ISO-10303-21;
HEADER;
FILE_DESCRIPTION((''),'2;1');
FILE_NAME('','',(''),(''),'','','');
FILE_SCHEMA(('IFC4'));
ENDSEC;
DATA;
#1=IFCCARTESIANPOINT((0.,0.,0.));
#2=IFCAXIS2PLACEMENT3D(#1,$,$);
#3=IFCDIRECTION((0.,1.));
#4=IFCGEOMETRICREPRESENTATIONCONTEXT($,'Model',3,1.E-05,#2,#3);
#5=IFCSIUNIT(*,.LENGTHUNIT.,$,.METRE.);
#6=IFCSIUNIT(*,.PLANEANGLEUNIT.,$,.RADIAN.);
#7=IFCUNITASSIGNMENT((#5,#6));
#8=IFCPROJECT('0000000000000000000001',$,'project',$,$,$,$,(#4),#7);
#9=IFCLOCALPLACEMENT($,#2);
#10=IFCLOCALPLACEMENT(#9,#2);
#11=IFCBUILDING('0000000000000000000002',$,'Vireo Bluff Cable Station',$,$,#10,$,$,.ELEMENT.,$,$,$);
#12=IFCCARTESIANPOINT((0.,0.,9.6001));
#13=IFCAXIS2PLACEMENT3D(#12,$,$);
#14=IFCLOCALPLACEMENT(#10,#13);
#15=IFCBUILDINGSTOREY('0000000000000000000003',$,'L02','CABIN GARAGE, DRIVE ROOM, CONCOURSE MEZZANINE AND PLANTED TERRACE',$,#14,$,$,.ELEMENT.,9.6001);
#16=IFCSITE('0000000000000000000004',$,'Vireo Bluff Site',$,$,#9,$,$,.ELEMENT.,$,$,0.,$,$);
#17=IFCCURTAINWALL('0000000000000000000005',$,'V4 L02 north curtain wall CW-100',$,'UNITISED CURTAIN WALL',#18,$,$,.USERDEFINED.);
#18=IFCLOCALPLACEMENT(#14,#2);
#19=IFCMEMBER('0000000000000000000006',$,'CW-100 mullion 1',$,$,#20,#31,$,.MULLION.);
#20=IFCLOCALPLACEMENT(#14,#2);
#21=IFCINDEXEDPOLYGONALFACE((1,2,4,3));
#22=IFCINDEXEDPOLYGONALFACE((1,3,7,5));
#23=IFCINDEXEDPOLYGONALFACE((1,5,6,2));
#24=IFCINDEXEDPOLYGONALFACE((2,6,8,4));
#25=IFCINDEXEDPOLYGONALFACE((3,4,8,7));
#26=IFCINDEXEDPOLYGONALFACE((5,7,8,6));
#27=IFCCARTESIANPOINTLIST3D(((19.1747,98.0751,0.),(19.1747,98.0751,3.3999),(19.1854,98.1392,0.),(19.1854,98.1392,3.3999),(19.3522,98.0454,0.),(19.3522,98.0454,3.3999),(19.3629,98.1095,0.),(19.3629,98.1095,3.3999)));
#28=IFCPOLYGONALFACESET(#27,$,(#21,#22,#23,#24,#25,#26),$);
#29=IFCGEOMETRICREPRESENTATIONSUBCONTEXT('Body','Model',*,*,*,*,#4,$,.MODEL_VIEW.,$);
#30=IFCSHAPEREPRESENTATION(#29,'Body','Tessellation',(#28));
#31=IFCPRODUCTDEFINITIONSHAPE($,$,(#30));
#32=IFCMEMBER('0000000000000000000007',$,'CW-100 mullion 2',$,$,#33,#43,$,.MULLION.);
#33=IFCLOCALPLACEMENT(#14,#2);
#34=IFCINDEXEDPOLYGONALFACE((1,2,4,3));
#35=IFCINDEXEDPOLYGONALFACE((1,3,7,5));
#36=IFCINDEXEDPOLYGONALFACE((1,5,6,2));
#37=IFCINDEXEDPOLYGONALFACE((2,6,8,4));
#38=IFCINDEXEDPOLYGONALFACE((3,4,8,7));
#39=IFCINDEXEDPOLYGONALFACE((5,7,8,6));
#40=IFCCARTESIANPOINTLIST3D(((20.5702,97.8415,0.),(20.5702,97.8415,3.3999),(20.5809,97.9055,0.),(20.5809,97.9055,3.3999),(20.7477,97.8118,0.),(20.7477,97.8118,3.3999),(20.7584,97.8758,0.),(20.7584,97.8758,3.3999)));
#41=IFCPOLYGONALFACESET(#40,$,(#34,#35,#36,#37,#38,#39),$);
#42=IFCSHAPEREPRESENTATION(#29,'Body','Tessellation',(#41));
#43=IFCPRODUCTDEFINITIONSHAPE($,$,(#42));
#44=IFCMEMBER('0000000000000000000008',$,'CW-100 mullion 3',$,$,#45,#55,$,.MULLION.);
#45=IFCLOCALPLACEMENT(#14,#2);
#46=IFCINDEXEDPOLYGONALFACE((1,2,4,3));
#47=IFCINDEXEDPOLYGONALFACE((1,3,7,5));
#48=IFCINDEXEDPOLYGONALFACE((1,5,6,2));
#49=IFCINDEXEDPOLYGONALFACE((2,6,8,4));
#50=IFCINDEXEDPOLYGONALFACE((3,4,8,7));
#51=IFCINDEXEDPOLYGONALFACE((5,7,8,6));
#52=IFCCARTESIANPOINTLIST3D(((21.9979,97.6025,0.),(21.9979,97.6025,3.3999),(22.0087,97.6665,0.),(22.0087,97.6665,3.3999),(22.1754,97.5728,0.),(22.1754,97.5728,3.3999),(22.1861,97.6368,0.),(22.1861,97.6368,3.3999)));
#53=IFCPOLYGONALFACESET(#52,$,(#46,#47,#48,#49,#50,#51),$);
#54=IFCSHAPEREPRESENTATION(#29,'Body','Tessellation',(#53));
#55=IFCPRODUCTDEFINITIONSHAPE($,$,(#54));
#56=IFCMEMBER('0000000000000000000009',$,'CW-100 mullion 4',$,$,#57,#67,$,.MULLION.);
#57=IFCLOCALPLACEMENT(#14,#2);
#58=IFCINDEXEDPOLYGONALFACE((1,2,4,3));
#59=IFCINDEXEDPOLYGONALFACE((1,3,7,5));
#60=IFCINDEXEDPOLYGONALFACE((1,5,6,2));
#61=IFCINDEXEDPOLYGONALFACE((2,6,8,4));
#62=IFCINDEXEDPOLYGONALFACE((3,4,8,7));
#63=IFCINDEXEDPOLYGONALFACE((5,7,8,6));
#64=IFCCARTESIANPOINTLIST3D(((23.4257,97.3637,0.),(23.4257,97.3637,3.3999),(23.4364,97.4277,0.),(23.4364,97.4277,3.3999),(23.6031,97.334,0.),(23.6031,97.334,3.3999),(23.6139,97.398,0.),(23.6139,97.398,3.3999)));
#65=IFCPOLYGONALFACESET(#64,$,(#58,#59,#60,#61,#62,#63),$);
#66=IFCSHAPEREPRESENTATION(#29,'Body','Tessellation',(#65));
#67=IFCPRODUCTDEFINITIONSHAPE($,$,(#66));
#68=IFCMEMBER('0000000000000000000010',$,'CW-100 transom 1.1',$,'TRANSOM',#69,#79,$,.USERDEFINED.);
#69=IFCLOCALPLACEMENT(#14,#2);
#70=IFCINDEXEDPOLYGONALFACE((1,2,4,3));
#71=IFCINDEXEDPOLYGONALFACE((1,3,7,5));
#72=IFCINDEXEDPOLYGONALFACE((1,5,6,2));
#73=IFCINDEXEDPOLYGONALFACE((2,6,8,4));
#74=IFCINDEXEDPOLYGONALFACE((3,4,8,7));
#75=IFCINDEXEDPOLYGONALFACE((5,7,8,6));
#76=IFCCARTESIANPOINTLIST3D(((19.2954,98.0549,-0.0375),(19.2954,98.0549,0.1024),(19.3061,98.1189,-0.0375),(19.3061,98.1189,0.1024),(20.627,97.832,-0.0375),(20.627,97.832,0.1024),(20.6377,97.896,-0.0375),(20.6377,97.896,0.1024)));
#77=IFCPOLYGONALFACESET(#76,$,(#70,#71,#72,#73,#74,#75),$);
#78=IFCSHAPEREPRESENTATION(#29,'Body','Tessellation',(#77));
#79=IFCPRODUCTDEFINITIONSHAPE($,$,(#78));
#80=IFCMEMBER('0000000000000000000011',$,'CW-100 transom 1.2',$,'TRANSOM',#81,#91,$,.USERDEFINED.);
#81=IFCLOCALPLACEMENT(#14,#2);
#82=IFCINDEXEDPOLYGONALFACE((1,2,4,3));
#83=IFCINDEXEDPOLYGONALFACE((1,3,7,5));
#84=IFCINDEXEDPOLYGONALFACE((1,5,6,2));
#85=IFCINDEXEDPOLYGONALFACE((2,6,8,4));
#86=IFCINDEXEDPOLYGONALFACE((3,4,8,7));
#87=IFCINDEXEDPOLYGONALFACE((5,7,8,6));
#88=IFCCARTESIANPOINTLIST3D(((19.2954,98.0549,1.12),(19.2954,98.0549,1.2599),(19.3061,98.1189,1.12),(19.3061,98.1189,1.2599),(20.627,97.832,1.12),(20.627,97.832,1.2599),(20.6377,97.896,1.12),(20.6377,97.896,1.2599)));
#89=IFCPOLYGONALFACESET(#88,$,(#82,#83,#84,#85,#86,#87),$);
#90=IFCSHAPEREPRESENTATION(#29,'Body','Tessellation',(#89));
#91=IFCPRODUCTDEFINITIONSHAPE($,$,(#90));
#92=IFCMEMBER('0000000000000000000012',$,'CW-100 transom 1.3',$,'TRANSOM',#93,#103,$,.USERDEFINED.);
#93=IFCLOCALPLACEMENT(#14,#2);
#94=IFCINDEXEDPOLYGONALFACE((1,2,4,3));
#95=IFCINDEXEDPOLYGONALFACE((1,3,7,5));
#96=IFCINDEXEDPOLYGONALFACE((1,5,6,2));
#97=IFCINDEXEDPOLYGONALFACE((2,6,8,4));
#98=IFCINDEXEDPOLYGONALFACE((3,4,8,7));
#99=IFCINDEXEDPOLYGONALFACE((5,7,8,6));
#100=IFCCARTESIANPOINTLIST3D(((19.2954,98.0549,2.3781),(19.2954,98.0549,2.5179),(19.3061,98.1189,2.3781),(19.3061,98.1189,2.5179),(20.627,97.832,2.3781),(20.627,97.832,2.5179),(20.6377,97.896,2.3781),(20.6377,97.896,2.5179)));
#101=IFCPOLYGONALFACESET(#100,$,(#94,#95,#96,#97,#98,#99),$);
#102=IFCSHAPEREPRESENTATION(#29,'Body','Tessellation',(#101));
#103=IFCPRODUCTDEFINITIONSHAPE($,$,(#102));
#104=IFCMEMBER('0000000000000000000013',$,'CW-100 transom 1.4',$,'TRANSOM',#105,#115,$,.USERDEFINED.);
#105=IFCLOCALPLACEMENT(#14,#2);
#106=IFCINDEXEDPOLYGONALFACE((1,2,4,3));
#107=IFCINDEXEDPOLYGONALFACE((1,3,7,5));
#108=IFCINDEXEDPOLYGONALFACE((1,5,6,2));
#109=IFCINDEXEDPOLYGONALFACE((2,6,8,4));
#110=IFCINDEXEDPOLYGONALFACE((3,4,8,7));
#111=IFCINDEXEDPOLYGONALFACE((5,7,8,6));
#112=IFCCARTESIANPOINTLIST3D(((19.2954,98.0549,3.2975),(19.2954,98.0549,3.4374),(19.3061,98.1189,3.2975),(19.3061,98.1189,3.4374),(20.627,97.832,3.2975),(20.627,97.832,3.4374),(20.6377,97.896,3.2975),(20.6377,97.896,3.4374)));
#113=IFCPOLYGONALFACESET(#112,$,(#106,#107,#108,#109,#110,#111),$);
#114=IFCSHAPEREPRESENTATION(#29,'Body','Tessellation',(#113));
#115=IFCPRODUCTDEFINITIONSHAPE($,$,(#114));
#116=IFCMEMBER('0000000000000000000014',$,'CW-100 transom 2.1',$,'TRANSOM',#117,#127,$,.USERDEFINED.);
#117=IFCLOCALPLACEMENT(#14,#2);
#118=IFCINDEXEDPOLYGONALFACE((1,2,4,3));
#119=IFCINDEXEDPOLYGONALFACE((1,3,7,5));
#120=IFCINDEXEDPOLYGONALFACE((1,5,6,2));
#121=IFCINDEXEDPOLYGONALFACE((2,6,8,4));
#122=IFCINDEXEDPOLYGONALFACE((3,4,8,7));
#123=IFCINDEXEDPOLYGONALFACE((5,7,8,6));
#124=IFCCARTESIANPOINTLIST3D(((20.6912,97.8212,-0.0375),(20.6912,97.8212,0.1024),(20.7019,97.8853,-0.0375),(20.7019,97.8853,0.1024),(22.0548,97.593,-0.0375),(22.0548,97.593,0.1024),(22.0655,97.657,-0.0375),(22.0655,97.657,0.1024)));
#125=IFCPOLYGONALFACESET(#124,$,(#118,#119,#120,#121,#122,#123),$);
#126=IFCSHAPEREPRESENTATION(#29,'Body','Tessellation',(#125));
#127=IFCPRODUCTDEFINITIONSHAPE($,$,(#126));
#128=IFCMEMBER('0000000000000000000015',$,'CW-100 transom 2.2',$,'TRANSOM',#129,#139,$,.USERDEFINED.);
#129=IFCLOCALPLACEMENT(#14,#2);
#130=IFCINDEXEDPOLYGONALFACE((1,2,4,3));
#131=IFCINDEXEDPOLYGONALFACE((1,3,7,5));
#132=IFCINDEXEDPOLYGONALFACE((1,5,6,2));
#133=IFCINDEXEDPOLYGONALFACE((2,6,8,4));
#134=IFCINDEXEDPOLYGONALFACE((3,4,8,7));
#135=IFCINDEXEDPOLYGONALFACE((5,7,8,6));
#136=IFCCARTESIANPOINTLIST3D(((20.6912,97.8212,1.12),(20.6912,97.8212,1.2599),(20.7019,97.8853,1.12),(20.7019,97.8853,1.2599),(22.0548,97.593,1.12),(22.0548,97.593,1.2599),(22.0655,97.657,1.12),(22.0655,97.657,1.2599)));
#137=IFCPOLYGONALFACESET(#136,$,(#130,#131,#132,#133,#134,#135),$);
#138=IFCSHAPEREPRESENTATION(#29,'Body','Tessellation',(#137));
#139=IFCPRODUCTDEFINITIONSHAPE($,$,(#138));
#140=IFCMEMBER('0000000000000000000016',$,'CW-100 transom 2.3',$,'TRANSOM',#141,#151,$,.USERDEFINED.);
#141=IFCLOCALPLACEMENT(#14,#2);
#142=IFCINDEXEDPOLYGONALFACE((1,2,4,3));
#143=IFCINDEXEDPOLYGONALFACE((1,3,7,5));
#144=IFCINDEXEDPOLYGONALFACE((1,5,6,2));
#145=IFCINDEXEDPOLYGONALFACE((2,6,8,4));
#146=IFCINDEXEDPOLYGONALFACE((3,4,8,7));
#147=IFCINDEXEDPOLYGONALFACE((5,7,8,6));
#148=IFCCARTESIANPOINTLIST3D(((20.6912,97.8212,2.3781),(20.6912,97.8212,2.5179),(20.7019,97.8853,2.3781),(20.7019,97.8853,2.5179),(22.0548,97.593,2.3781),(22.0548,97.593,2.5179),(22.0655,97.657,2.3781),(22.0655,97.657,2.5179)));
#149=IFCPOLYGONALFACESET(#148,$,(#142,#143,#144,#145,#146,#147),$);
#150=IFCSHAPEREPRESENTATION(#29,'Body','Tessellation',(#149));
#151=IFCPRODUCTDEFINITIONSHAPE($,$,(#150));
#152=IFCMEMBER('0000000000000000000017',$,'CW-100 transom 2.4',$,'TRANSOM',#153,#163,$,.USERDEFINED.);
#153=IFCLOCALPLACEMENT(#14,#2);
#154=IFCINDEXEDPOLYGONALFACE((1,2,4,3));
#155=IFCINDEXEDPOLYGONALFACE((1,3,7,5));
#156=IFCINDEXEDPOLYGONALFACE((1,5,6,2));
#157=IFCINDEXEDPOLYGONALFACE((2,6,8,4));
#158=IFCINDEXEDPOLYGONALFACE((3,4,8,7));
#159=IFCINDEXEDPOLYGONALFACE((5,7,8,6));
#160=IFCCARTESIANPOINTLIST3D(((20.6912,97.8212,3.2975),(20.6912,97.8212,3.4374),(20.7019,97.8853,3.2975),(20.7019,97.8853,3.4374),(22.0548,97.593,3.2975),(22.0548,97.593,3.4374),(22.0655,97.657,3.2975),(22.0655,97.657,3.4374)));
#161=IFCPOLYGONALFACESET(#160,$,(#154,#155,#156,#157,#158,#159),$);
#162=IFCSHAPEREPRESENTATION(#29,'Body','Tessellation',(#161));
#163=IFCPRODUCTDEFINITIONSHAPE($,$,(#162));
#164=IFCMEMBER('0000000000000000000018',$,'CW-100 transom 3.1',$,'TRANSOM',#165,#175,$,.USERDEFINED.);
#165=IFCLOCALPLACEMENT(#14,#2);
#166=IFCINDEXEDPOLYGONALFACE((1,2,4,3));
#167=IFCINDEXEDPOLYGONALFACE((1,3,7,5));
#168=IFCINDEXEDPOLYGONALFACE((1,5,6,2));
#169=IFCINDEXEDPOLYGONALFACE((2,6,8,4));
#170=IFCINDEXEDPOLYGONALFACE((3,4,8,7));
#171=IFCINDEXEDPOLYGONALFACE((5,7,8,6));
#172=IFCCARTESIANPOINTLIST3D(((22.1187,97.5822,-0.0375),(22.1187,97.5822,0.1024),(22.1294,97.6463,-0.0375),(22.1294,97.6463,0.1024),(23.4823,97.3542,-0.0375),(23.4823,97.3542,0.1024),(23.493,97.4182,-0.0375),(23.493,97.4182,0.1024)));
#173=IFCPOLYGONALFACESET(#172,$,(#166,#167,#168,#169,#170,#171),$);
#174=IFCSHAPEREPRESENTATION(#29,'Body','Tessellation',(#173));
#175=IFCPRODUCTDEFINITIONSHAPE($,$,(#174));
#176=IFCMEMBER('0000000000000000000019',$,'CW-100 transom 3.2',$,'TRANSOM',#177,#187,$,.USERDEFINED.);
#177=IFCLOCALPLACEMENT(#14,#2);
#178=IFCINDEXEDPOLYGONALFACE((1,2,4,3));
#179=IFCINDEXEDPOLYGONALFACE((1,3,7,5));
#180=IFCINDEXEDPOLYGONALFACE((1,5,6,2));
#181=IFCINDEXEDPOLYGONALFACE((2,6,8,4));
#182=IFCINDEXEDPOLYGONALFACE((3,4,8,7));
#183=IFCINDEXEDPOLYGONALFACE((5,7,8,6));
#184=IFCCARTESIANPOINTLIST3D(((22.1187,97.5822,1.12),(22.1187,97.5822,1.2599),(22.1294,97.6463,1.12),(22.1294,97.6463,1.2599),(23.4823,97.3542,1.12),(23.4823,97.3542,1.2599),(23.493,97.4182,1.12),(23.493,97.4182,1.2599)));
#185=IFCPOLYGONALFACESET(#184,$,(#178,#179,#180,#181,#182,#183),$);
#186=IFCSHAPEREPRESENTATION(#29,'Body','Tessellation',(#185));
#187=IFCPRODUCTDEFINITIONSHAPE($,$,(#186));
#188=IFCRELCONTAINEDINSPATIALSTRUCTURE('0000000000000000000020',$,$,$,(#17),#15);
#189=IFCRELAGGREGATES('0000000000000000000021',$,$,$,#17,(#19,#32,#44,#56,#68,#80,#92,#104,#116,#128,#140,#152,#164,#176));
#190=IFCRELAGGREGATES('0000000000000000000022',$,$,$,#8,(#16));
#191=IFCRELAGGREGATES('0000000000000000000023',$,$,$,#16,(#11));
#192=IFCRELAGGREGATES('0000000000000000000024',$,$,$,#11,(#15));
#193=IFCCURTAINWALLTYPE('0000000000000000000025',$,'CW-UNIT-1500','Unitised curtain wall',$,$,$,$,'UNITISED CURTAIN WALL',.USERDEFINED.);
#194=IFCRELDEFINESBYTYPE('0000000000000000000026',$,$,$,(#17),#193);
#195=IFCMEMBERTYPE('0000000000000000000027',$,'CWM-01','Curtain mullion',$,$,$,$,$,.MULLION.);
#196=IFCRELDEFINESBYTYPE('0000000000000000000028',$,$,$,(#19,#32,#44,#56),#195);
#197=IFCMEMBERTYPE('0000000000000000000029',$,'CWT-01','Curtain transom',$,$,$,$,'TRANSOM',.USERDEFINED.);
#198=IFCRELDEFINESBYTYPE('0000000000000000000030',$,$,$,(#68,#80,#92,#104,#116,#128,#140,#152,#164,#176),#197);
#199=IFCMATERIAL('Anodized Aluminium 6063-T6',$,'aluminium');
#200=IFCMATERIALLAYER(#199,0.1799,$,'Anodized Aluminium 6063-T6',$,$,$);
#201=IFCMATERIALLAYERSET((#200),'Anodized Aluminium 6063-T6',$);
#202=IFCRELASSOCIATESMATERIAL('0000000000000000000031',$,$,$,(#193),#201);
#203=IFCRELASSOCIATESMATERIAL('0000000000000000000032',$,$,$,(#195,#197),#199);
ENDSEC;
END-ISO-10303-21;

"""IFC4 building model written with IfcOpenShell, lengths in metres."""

from ifc_helpers import new_model, si_unit, direction, frame, origin, origin_2d, place, context, subcontext, project, spatial, rectangle, extrude, material, layer, layer_set, material_profile, profile_set, type_object, element, aggregate, save


model = new_model("IFC4")

# Units and contexts
model_context = context("Model", 3, precision=1e-05, world=origin(), true_north=direction((0.0, 1.0)))
body_context = subcontext(model_context, "Body", "Model", "MODEL_VIEW")
ifc_project = project(units=[si_unit("LENGTHUNIT", "METRE"), si_unit("PLANEANGLEUNIT", "RADIAN")], contexts=[model_context])

# Site, building, storey
site_placement = place(None, origin())
site = spatial("IfcSite", under=ifc_project, at=site_placement, Name="Vireo Bluff Site", CompositionType="ELEMENT", RefElevation=0.0)
building_placement = place(site_placement, origin())
building = spatial("IfcBuilding", under=site, at=building_placement, Name="Vireo Bluff Cable Station", CompositionType="ELEMENT")
storey_placement = place(building_placement, frame((0.0, 0.0, 9.6001)))
storey = spatial("IfcBuildingStorey", under=building, at=storey_placement, Name="L02", Description="CABIN GARAGE, DRIVE ROOM, CONCOURSE MEZZANINE AND PLANTED TERRACE", CompositionType="ELEMENT", Elevation=9.6001)

# Curtain wall, members
ifc_material_1 = material(Name="Anodized Aluminium 6063-T6", Category="aluminium")
ifc_layer_1 = layer(ifc_material_1, 0.1799, Name="Anodized Aluminium 6063-T6")
ifc_layer_set_1 = layer_set([ifc_layer_1], Name="Anodized Aluminium 6063-T6")
curtain_wall_type = type_object("IfcCurtainWallType", Name="CW-UNIT-1500", Description="Unitised curtain wall", ElementType="UNITISED CURTAIN WALL", PredefinedType="USERDEFINED", material=ifc_layer_set_1)
curtain_wall_placement = place(storey_placement, origin())
curtain_wall = element("IfcCurtainWall", 1, at=curtain_wall_placement, inside=storey, type_object=curtain_wall_type, Name="V4 L02 north curtain wall CW-100", ObjectType="UNITISED CURTAIN WALL", PredefinedType="USERDEFINED")
ifc_material_profile_1 = material_profile(ifc_material_1, rectangle(XDim=0.0649, YDim=0.1799, at=origin_2d()), Name="ALU-M-65X180")
ifc_profile_set_1 = profile_set([ifc_material_profile_1], Name="Anodized Aluminium 6063-T6")
member_type_1 = type_object("IfcMemberType", Name="CWM-01", Description="Curtain mullion", PredefinedType="MULLION", material=ifc_profile_set_1)
member_1_placement = place(storey_placement, frame((19.2688, 98.0923, 0.0), z_axis=(0.0, 0.0, 1.0), x_axis=(0.165048, 0.986286, 0.0)))
member_1 = element("IfcMember", 2, at=member_1_placement, type_object=member_type_1, Name="CW-100 mullion 1", PredefinedType="MULLION", context=body_context, shape_type="SweptSolid", body=[
    extrude(rectangle(XDim=0.0649, YDim=0.1799, at=origin_2d()), origin(), (0.0, 0.0, 1.0), 3.3999),
])
member_2_placement = place(storey_placement, frame((20.6643, 97.8586, 0.0), z_axis=(0.0, 0.0, 1.0), x_axis=(0.165048, 0.986286, 0.0)))
member_2 = element("IfcMember", 3, at=member_2_placement, type_object=member_type_1, Name="CW-100 mullion 2", PredefinedType="MULLION", context=body_context, shape_type="SweptSolid", body=[
    extrude(rectangle(XDim=0.0649, YDim=0.1799, at=origin_2d()), origin(), (0.0, 0.0, 1.0), 3.3999),
])
member_3_placement = place(storey_placement, frame((22.092, 97.6196, 0.0), z_axis=(0.0, 0.0, 1.0), x_axis=(0.165048, 0.986286, 0.0)))
member_3 = element("IfcMember", 4, at=member_3_placement, type_object=member_type_1, Name="CW-100 mullion 3", PredefinedType="MULLION", context=body_context, shape_type="SweptSolid", body=[
    extrude(rectangle(XDim=0.0649, YDim=0.1799, at=origin_2d()), origin(), (0.0, 0.0, 1.0), 3.3999),
])
member_4_placement = place(storey_placement, frame((23.5198, 97.3809, 0.0), z_axis=(0.0, 0.0, 1.0), x_axis=(0.165048, 0.986286, 0.0)))
member_4 = element("IfcMember", 5, at=member_4_placement, type_object=member_type_1, Name="CW-100 mullion 4", PredefinedType="MULLION", context=body_context, shape_type="SweptSolid", body=[
    extrude(rectangle(XDim=0.0649, YDim=0.1799, at=origin_2d()), origin(), (0.0, 0.0, 1.0), 3.3999),
])
ifc_material_profile_2 = material_profile(ifc_material_1, rectangle(XDim=0.0649, YDim=0.1399, at=origin_2d()), Name="ALU-T-65X140")
ifc_profile_set_2 = profile_set([ifc_material_profile_2], Name="Anodized Aluminium 6063-T6")
member_type_2 = type_object("IfcMemberType", Name="CWT-01", Description="Curtain transom", ElementType="TRANSOM", PredefinedType="USERDEFINED", material=ifc_profile_set_2)
member_5_placement = place(storey_placement, frame((19.3008, 98.0869, 0.0325), z_axis=(0.986276, -0.165103, 0.0), x_axis=(0.165103, 0.986276, 0.0)))
member_5 = element("IfcMember", 6, at=member_5_placement, type_object=member_type_2, Name="CW-100 transom 1.1", ObjectType="TRANSOM", PredefinedType="USERDEFINED", context=body_context, shape_type="SweptSolid", body=[
    extrude(rectangle(XDim=0.0649, YDim=0.1399, at=origin_2d()), origin(), (0.0, 0.0, 1.0), 1.3501),
])
member_6_placement = place(storey_placement, frame((19.3008, 98.0869, 1.1899), z_axis=(0.986276, -0.165103, 0.0), x_axis=(0.165103, 0.986276, 0.0)))
member_6 = element("IfcMember", 7, at=member_6_placement, type_object=member_type_2, Name="CW-100 transom 1.2", ObjectType="TRANSOM", PredefinedType="USERDEFINED", context=body_context, shape_type="SweptSolid", body=[
    extrude(rectangle(XDim=0.0649, YDim=0.1399, at=origin_2d()), origin(), (0.0, 0.0, 1.0), 1.3501),
])
member_7_placement = place(storey_placement, frame((19.3008, 98.0869, 2.448), z_axis=(0.986276, -0.165103, 0.0), x_axis=(0.165103, 0.986276, 0.0)))
member_7 = element("IfcMember", 8, at=member_7_placement, type_object=member_type_2, Name="CW-100 transom 1.3", ObjectType="TRANSOM", PredefinedType="USERDEFINED", context=body_context, shape_type="SweptSolid", body=[
    extrude(rectangle(XDim=0.0649, YDim=0.1399, at=origin_2d()), origin(), (0.0, 0.0, 1.0), 1.3501),
])
member_8_placement = place(storey_placement, frame((19.3008, 98.0869, 3.3674), z_axis=(0.986276, -0.165103, 0.0), x_axis=(0.165103, 0.986276, 0.0)))
member_8 = element("IfcMember", 9, at=member_8_placement, type_object=member_type_2, Name="CW-100 transom 1.4", ObjectType="TRANSOM", PredefinedType="USERDEFINED", context=body_context, shape_type="SweptSolid", body=[
    extrude(rectangle(XDim=0.0649, YDim=0.1399, at=origin_2d()), origin(), (0.0, 0.0, 1.0), 1.3501),
])
member_9_placement = place(storey_placement, frame((20.6965, 97.8533, 0.0325), z_axis=(0.986274, -0.165115, 0.0), x_axis=(0.165115, 0.986274, 0.0)))
member_9 = element("IfcMember", 10, at=member_9_placement, type_object=member_type_2, Name="CW-100 transom 2.1", ObjectType="TRANSOM", PredefinedType="USERDEFINED", context=body_context, shape_type="SweptSolid", body=[
    extrude(rectangle(XDim=0.0649, YDim=0.1399, at=origin_2d()), origin(), (0.0, 0.0, 1.0), 1.3826),
])
member_10_placement = place(storey_placement, frame((20.6965, 97.8533, 1.1899), z_axis=(0.986274, -0.165115, 0.0), x_axis=(0.165115, 0.986274, 0.0)))
member_10 = element("IfcMember", 11, at=member_10_placement, type_object=member_type_2, Name="CW-100 transom 2.2", ObjectType="TRANSOM", PredefinedType="USERDEFINED", context=body_context, shape_type="SweptSolid", body=[
    extrude(rectangle(XDim=0.0649, YDim=0.1399, at=origin_2d()), origin(), (0.0, 0.0, 1.0), 1.3826),
])
member_11_placement = place(storey_placement, frame((20.6965, 97.8533, 2.448), z_axis=(0.986274, -0.165115, 0.0), x_axis=(0.165115, 0.986274, 0.0)))
member_11 = element("IfcMember", 12, at=member_11_placement, type_object=member_type_2, Name="CW-100 transom 2.3", ObjectType="TRANSOM", PredefinedType="USERDEFINED", context=body_context, shape_type="SweptSolid", body=[
    extrude(rectangle(XDim=0.0649, YDim=0.1399, at=origin_2d()), origin(), (0.0, 0.0, 1.0), 1.3826),
])
member_12_placement = place(storey_placement, frame((20.6965, 97.8533, 3.3674), z_axis=(0.986274, -0.165115, 0.0), x_axis=(0.165115, 0.986274, 0.0)))
member_12 = element("IfcMember", 13, at=member_12_placement, type_object=member_type_2, Name="CW-100 transom 2.4", ObjectType="TRANSOM", PredefinedType="USERDEFINED", context=body_context, shape_type="SweptSolid", body=[
    extrude(rectangle(XDim=0.0649, YDim=0.1399, at=origin_2d()), origin(), (0.0, 0.0, 1.0), 1.3826),
])
member_13_placement = place(storey_placement, frame((22.124, 97.6143, 0.0325), z_axis=(0.986303, -0.164943, 0.0), x_axis=(0.164943, 0.986303, 0.0)))
member_13 = element("IfcMember", 14, at=member_13_placement, type_object=member_type_2, Name="CW-100 transom 3.1", ObjectType="TRANSOM", PredefinedType="USERDEFINED", context=body_context, shape_type="SweptSolid", body=[
    extrude(rectangle(XDim=0.0649, YDim=0.1399, at=origin_2d()), origin(), (0.0, 0.0, 1.0), 1.3826),
])
member_14_placement = place(storey_placement, frame((22.124, 97.6143, 1.1899), z_axis=(0.986303, -0.164943, 0.0), x_axis=(0.164943, 0.986303, 0.0)))
member_14 = element("IfcMember", 15, at=member_14_placement, type_object=member_type_2, Name="CW-100 transom 3.2", ObjectType="TRANSOM", PredefinedType="USERDEFINED", context=body_context, shape_type="SweptSolid", body=[
    extrude(rectangle(XDim=0.0649, YDim=0.1399, at=origin_2d()), origin(), (0.0, 0.0, 1.0), 1.3826),
])
aggregate(curtain_wall, [member_1, member_2, member_3, member_4, member_5, member_6, member_7, member_8, member_9, member_10, member_11, member_12, member_13, member_14])

save(model, "model.ifc")
